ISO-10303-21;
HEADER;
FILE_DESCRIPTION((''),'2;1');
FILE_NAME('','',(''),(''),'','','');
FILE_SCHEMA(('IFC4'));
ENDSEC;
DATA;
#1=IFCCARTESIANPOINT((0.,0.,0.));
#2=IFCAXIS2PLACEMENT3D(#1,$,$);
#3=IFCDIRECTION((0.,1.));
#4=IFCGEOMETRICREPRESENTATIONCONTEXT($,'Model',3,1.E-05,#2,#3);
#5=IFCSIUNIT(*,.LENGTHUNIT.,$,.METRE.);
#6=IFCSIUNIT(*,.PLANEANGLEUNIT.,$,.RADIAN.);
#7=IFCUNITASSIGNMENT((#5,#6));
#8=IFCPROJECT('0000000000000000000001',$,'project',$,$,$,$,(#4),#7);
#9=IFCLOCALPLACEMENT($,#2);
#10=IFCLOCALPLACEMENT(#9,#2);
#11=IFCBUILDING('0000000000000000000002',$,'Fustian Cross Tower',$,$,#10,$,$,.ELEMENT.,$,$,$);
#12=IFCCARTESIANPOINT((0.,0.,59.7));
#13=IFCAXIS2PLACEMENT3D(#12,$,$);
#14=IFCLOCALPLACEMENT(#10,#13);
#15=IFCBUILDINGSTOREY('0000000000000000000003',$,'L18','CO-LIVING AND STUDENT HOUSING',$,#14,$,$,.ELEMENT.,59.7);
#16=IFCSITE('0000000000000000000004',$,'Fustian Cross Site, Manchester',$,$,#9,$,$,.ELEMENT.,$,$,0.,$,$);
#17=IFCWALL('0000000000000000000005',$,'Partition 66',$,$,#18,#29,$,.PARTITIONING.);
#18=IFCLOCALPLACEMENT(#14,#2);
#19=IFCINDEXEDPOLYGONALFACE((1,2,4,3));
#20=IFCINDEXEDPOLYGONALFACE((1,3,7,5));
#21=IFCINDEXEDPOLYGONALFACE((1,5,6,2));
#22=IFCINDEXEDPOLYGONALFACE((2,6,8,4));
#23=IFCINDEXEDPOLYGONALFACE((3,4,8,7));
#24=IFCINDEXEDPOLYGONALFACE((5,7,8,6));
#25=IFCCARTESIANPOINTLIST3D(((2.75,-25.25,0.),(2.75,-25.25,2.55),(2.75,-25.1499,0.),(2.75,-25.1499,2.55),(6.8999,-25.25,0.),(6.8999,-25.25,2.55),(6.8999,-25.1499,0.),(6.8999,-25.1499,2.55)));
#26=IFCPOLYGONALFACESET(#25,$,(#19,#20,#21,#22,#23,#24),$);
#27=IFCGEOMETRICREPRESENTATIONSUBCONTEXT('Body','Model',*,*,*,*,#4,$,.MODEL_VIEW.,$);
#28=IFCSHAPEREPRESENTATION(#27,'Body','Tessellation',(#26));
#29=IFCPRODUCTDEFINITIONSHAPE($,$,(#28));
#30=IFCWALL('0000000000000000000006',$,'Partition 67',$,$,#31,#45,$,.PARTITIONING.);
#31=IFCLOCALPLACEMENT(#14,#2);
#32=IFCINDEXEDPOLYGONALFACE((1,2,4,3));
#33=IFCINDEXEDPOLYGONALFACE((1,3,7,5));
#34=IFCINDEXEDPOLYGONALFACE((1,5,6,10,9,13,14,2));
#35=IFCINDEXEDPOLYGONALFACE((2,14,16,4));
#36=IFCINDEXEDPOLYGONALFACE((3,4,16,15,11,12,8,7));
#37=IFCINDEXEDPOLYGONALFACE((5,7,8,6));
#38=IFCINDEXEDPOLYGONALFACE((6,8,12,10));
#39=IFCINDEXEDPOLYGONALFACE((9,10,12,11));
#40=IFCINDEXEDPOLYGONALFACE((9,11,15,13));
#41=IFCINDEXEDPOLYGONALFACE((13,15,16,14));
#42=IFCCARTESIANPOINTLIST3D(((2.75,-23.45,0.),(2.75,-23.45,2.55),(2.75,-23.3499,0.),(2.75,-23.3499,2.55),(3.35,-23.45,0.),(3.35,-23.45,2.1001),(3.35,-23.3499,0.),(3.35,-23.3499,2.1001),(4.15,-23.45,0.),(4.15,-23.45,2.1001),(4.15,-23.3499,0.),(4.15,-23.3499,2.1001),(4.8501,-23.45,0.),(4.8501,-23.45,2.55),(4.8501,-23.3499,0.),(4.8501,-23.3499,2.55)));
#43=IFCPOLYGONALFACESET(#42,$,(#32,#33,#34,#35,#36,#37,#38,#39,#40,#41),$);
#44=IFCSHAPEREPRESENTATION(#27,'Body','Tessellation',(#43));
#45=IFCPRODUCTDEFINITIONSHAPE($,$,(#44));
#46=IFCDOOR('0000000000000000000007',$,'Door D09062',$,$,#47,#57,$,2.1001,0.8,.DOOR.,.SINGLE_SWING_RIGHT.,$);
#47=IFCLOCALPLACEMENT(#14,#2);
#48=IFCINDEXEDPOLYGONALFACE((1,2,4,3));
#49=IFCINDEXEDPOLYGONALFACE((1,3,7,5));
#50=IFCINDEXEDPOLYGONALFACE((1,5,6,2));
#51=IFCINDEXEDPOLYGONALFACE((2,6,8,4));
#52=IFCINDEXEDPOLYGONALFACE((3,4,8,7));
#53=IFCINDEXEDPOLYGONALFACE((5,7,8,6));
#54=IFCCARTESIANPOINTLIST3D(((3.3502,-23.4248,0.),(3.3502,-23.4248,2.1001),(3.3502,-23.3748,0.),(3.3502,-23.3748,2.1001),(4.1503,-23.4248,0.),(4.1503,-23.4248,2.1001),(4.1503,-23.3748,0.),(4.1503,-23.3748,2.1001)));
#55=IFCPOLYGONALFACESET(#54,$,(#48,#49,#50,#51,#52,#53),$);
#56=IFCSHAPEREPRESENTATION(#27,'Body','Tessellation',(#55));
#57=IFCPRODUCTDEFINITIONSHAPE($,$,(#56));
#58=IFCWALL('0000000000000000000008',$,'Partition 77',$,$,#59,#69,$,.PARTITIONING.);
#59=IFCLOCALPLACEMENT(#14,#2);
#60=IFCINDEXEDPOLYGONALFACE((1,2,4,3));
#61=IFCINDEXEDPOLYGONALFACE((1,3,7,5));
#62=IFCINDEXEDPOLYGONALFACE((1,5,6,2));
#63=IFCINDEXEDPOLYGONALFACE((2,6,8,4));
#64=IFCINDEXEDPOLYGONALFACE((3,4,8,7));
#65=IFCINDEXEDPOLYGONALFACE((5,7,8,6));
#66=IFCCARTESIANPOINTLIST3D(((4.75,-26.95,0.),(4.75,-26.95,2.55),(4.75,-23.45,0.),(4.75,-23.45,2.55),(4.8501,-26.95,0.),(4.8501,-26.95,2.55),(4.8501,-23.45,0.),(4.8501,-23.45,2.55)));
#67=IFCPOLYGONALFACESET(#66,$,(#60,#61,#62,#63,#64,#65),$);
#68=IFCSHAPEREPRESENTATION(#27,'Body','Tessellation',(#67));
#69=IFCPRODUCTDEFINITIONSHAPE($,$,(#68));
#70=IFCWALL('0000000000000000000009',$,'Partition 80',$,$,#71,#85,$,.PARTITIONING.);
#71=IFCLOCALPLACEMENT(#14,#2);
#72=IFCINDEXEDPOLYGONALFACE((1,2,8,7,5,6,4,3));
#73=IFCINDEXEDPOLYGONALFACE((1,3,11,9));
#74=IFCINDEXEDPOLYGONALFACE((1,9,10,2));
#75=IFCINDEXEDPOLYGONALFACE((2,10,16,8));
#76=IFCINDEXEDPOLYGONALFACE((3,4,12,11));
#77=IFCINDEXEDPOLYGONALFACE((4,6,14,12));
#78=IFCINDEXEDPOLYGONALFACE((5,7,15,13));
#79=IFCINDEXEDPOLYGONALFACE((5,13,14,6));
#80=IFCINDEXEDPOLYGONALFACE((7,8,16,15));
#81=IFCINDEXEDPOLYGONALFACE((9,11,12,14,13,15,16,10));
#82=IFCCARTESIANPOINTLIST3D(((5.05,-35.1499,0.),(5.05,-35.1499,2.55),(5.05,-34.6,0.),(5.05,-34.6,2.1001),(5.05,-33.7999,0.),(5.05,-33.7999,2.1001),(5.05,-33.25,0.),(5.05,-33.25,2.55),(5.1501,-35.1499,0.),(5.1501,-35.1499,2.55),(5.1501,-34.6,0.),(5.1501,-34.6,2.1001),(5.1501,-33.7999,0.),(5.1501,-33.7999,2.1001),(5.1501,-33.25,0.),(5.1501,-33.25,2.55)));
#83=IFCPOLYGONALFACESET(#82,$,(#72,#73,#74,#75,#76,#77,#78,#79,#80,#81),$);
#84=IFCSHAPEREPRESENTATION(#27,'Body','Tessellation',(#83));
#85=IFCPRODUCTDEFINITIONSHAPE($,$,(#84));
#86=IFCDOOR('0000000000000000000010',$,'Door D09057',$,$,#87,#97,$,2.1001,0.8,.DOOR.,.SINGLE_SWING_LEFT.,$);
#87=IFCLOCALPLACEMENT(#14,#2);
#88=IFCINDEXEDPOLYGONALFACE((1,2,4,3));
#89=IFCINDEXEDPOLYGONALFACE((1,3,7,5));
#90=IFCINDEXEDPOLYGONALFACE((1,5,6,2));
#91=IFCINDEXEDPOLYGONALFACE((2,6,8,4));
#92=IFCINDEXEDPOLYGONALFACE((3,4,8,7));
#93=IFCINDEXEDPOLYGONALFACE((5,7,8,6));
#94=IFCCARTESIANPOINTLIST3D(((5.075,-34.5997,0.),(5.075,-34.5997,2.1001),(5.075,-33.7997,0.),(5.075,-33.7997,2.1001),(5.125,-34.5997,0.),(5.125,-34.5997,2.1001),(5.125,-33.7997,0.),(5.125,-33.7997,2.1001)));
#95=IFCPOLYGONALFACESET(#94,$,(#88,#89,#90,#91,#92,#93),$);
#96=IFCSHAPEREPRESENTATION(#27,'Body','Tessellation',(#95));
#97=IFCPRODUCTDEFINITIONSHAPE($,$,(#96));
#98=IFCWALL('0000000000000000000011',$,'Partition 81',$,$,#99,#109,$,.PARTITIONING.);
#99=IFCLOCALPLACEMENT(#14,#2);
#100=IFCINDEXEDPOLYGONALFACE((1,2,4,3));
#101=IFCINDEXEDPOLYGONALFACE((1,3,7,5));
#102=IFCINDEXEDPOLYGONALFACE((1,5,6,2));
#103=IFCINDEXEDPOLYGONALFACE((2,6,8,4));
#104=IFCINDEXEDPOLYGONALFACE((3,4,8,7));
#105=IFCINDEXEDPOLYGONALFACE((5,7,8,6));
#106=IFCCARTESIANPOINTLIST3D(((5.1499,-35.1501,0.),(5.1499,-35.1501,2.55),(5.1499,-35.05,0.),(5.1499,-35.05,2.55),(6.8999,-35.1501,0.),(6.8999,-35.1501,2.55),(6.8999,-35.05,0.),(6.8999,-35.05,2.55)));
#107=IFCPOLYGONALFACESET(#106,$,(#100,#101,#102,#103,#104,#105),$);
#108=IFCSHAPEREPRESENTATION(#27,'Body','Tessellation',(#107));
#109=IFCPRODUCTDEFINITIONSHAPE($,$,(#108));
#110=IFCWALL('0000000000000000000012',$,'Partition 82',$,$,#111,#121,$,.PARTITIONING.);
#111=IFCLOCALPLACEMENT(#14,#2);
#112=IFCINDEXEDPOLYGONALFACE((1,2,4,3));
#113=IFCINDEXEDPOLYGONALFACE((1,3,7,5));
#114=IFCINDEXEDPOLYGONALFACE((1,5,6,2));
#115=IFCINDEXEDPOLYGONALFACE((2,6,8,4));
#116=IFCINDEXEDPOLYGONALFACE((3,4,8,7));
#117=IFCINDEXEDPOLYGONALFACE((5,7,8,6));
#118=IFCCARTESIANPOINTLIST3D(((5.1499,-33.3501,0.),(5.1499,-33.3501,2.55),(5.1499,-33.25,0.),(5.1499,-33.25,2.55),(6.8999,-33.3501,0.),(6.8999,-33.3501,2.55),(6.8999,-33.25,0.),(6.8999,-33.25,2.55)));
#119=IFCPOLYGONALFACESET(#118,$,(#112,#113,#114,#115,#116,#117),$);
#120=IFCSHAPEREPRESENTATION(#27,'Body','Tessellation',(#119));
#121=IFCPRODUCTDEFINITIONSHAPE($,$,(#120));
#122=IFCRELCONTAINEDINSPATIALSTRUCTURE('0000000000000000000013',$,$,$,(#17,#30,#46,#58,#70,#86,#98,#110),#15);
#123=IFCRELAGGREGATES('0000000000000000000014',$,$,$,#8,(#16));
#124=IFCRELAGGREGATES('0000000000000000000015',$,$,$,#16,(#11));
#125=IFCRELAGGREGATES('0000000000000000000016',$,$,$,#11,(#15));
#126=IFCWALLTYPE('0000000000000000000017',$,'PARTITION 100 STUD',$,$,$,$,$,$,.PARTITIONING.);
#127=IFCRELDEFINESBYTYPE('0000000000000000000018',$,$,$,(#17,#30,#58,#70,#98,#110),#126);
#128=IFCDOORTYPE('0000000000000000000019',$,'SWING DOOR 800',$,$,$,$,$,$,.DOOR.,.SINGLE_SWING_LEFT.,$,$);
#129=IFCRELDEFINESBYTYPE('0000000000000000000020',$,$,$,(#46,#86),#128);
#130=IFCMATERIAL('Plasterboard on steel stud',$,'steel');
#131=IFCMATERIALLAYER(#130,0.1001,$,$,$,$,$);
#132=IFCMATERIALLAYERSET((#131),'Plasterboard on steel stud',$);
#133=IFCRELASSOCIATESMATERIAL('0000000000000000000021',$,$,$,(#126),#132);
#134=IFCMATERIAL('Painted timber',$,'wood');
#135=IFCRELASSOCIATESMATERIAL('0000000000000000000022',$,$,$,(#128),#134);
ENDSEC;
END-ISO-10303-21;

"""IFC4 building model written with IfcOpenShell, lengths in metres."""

from ifc_helpers import new_model, si_unit, direction, frame, frame_2d, origin, place, context, subcontext, project, spatial, rectangle, extrude, material, layer, layer_set, type_object, element, fill, save


model = new_model("IFC4")

# Units and contexts
model_context = context("Model", 3, precision=1e-05, world=origin(), true_north=direction((0.0, 1.0)))
body_context = subcontext(model_context, "Body", "Model", "MODEL_VIEW")
ifc_project = project(units=[si_unit("LENGTHUNIT", "METRE"), si_unit("PLANEANGLEUNIT", "RADIAN")], contexts=[model_context])

# Site, building, storey
site_placement = place(None, origin())
site = spatial("IfcSite", under=ifc_project, at=site_placement, Name="Fustian Cross Site, Manchester", CompositionType="ELEMENT", RefElevation=0.0)
building_placement = place(site_placement, origin())
building = spatial("IfcBuilding", under=site, at=building_placement, Name="Fustian Cross Tower", CompositionType="ELEMENT")
storey_placement = place(building_placement, frame((0.0, 0.0, 59.7)))
storey = spatial("IfcBuildingStorey", under=building, at=storey_placement, Name="L18", Description="CO-LIVING AND STUDENT HOUSING", CompositionType="ELEMENT", Elevation=59.7)

# Shared definitions
ifc_material_1 = material(Name="Plasterboard on steel stud", Category="steel")
ifc_layer = layer(ifc_material_1, 0.1001)
ifc_layer_set = layer_set([ifc_layer], Name="Plasterboard on steel stud")
wall_type = type_object("IfcWallType", Name="PARTITION 100 STUD", PredefinedType="PARTITIONING", material=ifc_layer_set)

# Shared definitions
ifc_material_2 = material(Name="Painted timber", Category="wood")
door_type_1 = type_object("IfcDoorType", Name="SWING DOOR 800", OperationType="SINGLE_SWING_LEFT", PredefinedType="DOOR", material=ifc_material_2)

# Wall
wall_1_placement = place(storey_placement, frame((2.75, -25.2, 0.0), z_axis=(0.0, 0.0, 1.0), x_axis=(1.0, 0.0, 0.0)))
element("IfcWall", 1, at=wall_1_placement, inside=storey, type_object=wall_type, Name="Partition 66", PredefinedType="PARTITIONING", context=body_context, shape_type="SweptSolid", body=[
    extrude(rectangle(XDim=4.1499, YDim=0.1001, at=frame_2d((2.075, 0.0))), origin(), (0.0, 0.0, 1.0), 2.55),
])

# Wall, opening, door
wall_2_placement = place(storey_placement, frame((2.75, -23.3999, 0.0), z_axis=(0.0, 0.0, 1.0), x_axis=(1.0, 0.0, 0.0)))
wall_2 = element("IfcWall", 2, at=wall_2_placement, inside=storey, type_object=wall_type, Name="Partition 67", PredefinedType="PARTITIONING", context=body_context, shape_type="SweptSolid", body=[
    extrude(rectangle(XDim=2.1001, YDim=0.1001, at=frame_2d((1.05, 0.0))), origin(), (0.0, 0.0, 1.0), 2.55),
])
opening_1_placement = place(wall_2_placement, frame((0.6001, 0.0, 0.0)))
opening_1 = element("IfcOpeningElement", 3, at=opening_1_placement, cuts=wall_2, PredefinedType="OPENING", context=body_context, shape_type="SweptSolid", body=[
    extrude(rectangle(XDim=0.8, YDim=2.1001, at=frame_2d((0.3999, 1.05))), frame((0.0, 0.0601, 0.0), z_axis=(0.0, -1.0, 0.0), x_axis=(1.0, 0.0, 0.0)), (0.0, 0.0, 1.0), 0.1201),
])
door_1_placement = place(opening_1_placement, frame((0.8, 0.0, 0.0), z_axis=(0.0, 0.0, 1.0), x_axis=(-1.0, 0.0, 0.0)))
door_1 = element("IfcDoor", 4, at=door_1_placement, inside=storey, type_object=door_type_1, Name="Door D09062", OperationType="SINGLE_SWING_RIGHT", OverallHeight=2.1001, OverallWidth=0.8, PredefinedType="DOOR", context=body_context, shape_type="SweptSolid", body=[
    extrude(rectangle(XDim=0.8, YDim=2.1001, at=frame_2d((0.3999, 1.05))), frame((0.0, 0.0249, 0.0), z_axis=(0.0, -1.0, 0.0), x_axis=(1.0, 0.0, 0.0)), (0.0, 0.0, 1.0), 0.05),
])
fill(opening_1, door_1)

# Wall
wall_3_placement = place(storey_placement, frame((4.8, -26.95, 0.0), z_axis=(0.0, 0.0, 1.0), x_axis=(0.0, 1.0, 0.0)))
element("IfcWall", 5, at=wall_3_placement, inside=storey, type_object=wall_type, Name="Partition 77", PredefinedType="PARTITIONING", context=body_context, shape_type="SweptSolid", body=[
    extrude(rectangle(XDim=3.5, YDim=0.1001, at=frame_2d((1.75, 0.0))), origin(), (0.0, 0.0, 1.0), 2.55),
])

# Wall, opening, door
wall_4_placement = place(storey_placement, frame((5.1001, -35.1499, 0.0), z_axis=(0.0, 0.0, 1.0), x_axis=(0.0, 1.0, 0.0)))
wall_4 = element("IfcWall", 6, at=wall_4_placement, inside=storey, type_object=wall_type, Name="Partition 80", PredefinedType="PARTITIONING", context=body_context, shape_type="SweptSolid", body=[
    extrude(rectangle(XDim=1.8999, YDim=0.1001, at=frame_2d((0.95, 0.0))), origin(), (0.0, 0.0, 1.0), 2.55),
])
opening_2_placement = place(wall_4_placement, frame((0.55, 0.0, 0.0)))
opening_2 = element("IfcOpeningElement", 7, at=opening_2_placement, cuts=wall_4, PredefinedType="OPENING", context=body_context, shape_type="SweptSolid", body=[
    extrude(rectangle(XDim=0.8, YDim=2.1001, at=frame_2d((0.3999, 1.05))), frame((0.0, 0.0601, 0.0), z_axis=(0.0, -1.0, 0.0), x_axis=(1.0, 0.0, 0.0)), (0.0, 0.0, 1.0), 0.1201),
])
door_2_placement = place(opening_2_placement, frame((0.8, 0.0, 0.0), z_axis=(0.0, 0.0, 1.0), x_axis=(-1.0, 0.0, 0.0)))
door_2 = element("IfcDoor", 8, at=door_2_placement, inside=storey, type_object=door_type_1, Name="Door D09057", OperationType="SINGLE_SWING_LEFT", OverallHeight=2.1001, OverallWidth=0.8, PredefinedType="DOOR", context=body_context, shape_type="SweptSolid", body=[
    extrude(rectangle(XDim=0.8, YDim=2.1001, at=frame_2d((0.3999, 1.05))), frame((0.0, 0.0249, 0.0), z_axis=(0.0, -1.0, 0.0), x_axis=(1.0, 0.0, 0.0)), (0.0, 0.0, 1.0), 0.05),
])
fill(opening_2, door_2)

# Walls
for number, where, z_axis, x_axis, name in (
    (9, (5.1499, -35.1001, 0.0), (0.0, 0.0, 1.0), (1.0, 0.0, 0.0), "Partition 81"),
    (10, (5.1499, -33.3, 0.0), (0.0, 0.0, 1.0), (1.0, 0.0, 0.0), "Partition 82"),
):
    element("IfcWall", number, at=place(storey_placement, frame(where, z_axis=z_axis, x_axis=x_axis)), inside=storey, type_object=wall_type, Name=name, PredefinedType="PARTITIONING", context=body_context, shape_type="SweptSolid", body=[
        extrude(rectangle(XDim=1.75, YDim=0.1001, at=frame_2d((0.875, 0.0))), origin(), (0.0, 0.0, 1.0), 2.55),
    ])

save(model, "model.ifc")
